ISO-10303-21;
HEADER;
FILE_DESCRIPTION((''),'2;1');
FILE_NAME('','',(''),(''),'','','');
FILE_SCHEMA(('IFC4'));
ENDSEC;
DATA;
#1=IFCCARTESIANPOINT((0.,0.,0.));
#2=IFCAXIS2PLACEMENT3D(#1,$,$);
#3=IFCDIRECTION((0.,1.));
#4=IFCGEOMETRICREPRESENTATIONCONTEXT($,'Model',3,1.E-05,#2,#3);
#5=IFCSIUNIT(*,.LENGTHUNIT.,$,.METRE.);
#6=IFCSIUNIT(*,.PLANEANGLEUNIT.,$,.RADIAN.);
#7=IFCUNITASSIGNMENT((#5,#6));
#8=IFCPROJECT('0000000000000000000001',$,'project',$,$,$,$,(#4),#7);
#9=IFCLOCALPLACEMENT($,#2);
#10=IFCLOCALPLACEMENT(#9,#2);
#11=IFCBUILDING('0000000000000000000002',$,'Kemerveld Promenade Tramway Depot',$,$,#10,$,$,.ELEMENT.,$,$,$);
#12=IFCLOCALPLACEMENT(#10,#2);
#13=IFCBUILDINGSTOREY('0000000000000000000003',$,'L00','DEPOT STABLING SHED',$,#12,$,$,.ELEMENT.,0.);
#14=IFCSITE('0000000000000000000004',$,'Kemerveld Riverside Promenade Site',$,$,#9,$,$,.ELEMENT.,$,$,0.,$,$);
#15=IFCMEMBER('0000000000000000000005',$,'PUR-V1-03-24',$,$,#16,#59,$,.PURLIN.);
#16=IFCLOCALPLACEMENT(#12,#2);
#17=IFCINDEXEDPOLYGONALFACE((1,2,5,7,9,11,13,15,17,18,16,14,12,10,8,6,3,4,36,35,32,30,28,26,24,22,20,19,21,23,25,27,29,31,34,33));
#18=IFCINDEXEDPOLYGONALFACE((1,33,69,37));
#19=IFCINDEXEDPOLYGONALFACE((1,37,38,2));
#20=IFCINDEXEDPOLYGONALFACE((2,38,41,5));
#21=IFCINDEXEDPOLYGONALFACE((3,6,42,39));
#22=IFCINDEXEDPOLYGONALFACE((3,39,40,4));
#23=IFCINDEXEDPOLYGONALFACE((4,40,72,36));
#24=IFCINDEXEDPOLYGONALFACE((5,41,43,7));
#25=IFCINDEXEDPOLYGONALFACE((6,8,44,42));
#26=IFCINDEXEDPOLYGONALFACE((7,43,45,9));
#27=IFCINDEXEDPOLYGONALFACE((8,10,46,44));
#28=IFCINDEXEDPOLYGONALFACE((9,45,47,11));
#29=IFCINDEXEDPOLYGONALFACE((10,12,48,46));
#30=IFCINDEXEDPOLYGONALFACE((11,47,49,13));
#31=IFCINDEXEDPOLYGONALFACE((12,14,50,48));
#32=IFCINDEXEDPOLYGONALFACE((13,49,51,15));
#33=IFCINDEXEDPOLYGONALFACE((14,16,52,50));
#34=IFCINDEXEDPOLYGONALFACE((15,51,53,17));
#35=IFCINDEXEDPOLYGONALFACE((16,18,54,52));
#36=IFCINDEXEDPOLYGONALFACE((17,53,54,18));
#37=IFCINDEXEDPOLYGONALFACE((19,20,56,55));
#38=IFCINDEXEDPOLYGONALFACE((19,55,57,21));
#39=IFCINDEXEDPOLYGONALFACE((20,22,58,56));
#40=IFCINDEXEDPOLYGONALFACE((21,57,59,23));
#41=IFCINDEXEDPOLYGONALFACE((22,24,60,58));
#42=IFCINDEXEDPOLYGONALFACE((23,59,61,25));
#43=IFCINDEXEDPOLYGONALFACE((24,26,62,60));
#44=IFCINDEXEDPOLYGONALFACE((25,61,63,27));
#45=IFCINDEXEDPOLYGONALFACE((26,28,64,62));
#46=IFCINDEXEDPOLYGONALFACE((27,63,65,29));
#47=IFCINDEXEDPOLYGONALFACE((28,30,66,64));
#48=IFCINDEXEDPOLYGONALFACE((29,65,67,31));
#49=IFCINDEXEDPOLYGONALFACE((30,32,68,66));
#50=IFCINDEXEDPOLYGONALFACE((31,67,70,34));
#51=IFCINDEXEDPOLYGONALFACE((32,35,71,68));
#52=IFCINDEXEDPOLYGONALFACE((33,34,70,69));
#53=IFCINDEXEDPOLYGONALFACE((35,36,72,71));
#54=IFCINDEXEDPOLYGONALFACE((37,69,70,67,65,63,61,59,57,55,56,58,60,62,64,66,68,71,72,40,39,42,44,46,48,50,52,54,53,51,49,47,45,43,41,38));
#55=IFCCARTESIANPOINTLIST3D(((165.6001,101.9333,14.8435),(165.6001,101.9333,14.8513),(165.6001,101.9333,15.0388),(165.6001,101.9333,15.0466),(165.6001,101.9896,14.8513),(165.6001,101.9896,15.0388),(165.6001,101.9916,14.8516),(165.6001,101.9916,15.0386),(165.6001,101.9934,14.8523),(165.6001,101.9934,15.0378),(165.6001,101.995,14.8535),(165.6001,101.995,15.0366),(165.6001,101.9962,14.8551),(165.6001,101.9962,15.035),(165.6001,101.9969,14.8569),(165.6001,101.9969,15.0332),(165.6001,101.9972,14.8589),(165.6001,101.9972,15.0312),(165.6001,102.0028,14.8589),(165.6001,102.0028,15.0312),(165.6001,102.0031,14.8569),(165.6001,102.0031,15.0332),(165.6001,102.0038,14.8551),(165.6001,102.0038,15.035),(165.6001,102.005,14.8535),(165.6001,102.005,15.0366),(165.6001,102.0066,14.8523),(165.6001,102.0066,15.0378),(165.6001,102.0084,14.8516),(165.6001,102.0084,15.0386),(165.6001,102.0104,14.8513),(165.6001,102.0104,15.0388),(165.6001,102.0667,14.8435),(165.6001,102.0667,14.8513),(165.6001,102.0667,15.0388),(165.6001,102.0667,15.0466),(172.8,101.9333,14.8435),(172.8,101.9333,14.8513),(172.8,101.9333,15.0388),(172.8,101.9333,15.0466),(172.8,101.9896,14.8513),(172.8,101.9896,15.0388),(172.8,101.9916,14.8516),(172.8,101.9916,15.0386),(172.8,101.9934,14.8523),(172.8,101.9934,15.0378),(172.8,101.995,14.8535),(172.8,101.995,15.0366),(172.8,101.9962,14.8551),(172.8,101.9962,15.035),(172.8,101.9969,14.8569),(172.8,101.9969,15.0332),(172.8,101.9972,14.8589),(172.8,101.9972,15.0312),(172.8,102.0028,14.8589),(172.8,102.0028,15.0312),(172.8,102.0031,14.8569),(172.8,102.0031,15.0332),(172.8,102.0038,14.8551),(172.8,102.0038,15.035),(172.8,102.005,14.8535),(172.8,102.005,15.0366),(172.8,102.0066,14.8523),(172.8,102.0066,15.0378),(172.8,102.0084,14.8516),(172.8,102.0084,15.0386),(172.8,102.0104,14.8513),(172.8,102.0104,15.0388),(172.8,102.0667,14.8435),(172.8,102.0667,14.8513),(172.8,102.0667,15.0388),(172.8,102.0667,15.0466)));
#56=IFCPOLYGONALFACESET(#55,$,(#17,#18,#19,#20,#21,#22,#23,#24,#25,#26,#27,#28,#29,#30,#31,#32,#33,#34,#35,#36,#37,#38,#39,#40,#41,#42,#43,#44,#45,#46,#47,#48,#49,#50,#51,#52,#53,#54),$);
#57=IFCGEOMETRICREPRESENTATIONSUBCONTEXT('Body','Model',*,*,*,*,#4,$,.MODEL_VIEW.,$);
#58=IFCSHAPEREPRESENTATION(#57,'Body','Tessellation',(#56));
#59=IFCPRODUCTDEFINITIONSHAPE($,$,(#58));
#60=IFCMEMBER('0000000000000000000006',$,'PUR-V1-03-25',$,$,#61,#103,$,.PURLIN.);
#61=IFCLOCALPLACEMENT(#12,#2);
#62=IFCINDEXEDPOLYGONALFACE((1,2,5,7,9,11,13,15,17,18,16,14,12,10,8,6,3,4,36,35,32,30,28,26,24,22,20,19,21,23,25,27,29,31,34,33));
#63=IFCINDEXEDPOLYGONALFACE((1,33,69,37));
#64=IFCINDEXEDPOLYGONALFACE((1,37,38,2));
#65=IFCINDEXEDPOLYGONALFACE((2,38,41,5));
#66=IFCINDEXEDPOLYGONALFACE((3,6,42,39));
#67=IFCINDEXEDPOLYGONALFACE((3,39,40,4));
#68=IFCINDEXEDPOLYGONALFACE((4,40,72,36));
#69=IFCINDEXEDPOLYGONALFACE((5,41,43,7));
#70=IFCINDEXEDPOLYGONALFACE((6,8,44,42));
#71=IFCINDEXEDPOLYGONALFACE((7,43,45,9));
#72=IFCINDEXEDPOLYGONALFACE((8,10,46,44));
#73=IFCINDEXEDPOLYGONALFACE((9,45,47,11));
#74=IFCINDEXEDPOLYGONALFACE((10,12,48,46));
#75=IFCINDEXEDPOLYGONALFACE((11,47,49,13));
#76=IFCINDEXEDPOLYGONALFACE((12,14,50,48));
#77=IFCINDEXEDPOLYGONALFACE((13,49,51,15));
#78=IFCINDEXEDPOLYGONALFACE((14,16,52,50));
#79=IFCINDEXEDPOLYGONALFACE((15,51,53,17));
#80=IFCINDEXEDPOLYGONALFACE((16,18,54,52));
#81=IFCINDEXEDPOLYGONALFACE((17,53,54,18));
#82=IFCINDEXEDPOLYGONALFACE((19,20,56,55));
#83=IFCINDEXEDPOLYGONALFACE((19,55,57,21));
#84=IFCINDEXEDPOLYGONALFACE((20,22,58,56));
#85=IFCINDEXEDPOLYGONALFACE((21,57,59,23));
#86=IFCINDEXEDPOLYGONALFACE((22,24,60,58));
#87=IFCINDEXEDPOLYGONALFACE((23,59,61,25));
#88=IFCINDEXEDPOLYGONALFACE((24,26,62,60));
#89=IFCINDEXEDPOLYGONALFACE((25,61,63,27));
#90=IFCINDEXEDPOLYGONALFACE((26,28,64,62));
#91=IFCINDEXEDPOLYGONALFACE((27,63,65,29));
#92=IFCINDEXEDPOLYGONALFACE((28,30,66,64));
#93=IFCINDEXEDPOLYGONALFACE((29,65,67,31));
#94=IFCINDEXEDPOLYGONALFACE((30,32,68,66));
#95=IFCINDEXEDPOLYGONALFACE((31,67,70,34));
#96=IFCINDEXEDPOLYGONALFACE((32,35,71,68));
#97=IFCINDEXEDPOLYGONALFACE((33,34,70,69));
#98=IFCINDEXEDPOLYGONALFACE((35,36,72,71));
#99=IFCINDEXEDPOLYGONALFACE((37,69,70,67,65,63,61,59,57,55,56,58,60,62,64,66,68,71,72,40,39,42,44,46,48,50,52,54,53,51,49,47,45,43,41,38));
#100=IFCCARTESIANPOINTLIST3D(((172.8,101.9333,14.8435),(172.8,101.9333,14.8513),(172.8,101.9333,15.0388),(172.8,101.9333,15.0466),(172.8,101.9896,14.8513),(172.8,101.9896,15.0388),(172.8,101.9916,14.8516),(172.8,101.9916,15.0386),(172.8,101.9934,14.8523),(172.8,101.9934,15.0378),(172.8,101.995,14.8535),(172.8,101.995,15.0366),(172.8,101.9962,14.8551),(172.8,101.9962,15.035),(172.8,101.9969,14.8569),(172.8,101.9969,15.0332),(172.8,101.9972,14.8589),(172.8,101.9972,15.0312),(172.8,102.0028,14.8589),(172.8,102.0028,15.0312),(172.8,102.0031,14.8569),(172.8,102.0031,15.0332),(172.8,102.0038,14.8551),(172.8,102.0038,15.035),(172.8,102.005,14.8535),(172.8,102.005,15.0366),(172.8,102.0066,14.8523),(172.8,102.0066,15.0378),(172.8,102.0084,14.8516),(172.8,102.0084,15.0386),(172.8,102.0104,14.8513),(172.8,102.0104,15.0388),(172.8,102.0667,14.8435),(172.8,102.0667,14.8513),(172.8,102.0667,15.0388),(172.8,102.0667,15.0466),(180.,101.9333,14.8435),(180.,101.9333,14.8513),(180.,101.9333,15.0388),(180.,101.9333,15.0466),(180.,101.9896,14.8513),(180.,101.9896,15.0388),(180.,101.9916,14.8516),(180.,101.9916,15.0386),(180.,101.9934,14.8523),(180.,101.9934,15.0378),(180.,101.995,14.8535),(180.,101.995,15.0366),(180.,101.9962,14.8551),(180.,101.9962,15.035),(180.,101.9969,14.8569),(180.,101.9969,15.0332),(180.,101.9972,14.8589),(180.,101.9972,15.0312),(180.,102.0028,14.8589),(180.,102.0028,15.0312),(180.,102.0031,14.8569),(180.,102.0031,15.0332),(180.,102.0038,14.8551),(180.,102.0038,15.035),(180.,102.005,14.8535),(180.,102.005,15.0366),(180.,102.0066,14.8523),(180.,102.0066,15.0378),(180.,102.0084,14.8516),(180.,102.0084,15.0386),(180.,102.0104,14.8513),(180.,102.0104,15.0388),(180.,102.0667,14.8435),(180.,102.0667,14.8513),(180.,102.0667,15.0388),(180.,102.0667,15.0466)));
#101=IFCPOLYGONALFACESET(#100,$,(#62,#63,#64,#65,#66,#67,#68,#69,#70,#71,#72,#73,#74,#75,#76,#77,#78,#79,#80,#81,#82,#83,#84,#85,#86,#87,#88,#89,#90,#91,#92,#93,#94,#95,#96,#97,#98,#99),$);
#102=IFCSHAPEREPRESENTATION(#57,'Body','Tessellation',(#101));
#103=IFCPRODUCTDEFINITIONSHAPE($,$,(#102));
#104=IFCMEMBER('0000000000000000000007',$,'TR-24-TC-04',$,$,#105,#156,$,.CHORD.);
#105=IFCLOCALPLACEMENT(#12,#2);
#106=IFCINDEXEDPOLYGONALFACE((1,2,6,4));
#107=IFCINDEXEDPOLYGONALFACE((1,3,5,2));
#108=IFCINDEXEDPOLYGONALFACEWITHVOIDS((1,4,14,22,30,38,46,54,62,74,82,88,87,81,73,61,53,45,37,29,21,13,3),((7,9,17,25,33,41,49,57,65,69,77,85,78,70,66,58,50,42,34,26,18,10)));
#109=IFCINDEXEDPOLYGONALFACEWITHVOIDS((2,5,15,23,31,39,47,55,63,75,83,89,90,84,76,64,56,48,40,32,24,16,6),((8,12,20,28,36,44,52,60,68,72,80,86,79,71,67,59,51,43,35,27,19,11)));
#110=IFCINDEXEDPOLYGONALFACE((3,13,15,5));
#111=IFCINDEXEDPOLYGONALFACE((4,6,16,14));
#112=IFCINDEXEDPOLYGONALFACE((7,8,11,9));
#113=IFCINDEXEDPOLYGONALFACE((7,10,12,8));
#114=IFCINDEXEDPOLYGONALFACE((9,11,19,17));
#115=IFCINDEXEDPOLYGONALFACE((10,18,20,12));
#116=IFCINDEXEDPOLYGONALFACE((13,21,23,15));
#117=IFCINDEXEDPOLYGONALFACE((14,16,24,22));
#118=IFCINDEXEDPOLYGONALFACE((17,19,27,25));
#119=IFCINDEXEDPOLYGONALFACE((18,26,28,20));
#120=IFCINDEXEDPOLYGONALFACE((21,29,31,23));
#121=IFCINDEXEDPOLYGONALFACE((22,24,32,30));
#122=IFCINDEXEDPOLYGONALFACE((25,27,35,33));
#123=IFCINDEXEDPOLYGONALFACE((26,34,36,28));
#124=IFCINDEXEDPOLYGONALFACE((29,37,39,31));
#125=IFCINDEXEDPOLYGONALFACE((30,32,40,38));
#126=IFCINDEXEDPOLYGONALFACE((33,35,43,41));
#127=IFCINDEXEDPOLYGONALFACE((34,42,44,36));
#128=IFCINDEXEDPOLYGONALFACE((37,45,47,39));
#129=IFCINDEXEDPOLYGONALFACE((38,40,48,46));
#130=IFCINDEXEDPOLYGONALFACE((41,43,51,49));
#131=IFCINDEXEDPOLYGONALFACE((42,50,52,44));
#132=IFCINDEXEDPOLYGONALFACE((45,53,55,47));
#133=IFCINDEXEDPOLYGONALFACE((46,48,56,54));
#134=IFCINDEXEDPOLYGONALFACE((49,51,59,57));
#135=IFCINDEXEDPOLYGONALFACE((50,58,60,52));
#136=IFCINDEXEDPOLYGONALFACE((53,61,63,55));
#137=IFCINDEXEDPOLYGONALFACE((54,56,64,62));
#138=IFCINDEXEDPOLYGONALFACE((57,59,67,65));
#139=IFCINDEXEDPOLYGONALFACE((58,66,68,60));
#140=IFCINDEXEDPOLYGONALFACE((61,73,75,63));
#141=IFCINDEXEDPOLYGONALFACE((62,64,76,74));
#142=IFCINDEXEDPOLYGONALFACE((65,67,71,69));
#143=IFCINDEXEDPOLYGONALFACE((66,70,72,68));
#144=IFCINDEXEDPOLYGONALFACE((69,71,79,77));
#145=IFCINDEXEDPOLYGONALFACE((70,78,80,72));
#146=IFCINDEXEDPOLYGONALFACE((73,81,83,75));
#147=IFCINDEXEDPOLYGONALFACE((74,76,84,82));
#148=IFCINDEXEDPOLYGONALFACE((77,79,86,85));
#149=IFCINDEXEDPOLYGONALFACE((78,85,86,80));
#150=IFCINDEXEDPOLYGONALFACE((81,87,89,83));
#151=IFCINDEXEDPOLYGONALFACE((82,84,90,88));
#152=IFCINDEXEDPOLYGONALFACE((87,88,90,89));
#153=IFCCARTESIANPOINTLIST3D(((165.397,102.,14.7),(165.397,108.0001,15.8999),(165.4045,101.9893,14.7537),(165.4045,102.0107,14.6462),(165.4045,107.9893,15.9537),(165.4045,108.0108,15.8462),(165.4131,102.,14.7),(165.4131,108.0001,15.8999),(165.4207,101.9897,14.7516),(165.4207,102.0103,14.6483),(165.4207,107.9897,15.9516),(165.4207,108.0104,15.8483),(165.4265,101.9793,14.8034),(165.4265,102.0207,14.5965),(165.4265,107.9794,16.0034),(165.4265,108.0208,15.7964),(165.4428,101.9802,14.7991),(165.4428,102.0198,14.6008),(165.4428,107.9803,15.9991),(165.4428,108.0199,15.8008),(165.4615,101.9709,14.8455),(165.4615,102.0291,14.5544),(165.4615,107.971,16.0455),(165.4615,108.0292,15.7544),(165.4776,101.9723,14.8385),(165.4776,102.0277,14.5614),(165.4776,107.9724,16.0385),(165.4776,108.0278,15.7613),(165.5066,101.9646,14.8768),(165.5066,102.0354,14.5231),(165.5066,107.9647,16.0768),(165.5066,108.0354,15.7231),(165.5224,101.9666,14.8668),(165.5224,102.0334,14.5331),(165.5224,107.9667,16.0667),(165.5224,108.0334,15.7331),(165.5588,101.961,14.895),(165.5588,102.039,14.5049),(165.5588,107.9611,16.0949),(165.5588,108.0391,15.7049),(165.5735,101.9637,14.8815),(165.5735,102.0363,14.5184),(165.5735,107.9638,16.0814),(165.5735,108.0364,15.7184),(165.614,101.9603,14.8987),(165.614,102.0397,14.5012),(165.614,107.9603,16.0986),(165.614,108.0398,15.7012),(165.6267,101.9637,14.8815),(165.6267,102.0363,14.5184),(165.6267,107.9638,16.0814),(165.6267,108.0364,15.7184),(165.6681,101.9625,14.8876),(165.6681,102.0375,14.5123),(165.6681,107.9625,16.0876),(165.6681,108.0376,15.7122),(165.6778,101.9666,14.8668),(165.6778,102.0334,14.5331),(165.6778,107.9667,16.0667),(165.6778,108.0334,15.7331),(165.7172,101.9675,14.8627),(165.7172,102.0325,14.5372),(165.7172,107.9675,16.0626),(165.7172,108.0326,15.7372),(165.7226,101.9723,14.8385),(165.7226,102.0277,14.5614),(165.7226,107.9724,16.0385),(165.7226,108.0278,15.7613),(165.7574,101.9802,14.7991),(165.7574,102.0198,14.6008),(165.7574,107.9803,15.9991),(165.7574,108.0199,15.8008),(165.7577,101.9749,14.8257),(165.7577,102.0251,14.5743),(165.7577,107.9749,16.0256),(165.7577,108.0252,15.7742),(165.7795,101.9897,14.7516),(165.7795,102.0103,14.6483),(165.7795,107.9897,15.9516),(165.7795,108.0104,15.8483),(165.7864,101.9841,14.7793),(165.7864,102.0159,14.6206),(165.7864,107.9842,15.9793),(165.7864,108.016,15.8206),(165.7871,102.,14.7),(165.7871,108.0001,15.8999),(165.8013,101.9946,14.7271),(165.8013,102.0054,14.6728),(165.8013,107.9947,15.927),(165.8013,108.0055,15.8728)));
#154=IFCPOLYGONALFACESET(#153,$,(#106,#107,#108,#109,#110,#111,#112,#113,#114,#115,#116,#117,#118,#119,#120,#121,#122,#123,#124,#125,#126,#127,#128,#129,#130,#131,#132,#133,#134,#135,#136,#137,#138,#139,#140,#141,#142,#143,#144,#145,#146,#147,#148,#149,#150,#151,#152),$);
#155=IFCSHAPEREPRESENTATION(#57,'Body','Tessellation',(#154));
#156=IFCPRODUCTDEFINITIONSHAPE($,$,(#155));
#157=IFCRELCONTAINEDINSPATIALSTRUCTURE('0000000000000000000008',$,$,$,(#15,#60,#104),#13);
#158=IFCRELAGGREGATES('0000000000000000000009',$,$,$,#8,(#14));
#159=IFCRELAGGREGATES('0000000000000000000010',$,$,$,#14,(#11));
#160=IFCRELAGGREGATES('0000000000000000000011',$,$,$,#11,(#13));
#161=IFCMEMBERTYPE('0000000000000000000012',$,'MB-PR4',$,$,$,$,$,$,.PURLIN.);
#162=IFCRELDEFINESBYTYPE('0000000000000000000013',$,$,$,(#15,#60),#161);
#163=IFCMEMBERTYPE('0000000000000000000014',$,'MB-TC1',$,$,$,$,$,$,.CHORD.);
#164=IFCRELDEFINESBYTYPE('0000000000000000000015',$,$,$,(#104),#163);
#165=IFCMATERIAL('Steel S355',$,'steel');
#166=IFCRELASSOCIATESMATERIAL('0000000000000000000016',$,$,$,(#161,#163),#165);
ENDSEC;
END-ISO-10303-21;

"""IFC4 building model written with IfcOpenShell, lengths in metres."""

from ifc_helpers import new_model, si_unit, direction, frame, origin, origin_2d, place, context, subcontext, project, spatial, hollow_circle, i_section, extrude, material, material_profile, profile_set, type_object, element, save


model = new_model("IFC4")

# Units and contexts
model_context = context("Model", 3, precision=1e-05, world=origin(), true_north=direction((0.0, 1.0)))
body_context = subcontext(model_context, "Body", "Model", "MODEL_VIEW")
ifc_project = project(units=[si_unit("LENGTHUNIT", "METRE"), si_unit("PLANEANGLEUNIT", "RADIAN")], contexts=[model_context])

# Site, building, storey
site_placement = place(None, origin())
site = spatial("IfcSite", under=ifc_project, at=site_placement, Name="Kemerveld Riverside Promenade Site", CompositionType="ELEMENT", RefElevation=0.0)
building_placement = place(site_placement, origin())
building = spatial("IfcBuilding", under=site, at=building_placement, Name="Kemerveld Promenade Tramway Depot", CompositionType="ELEMENT")
storey_placement = place(building_placement, origin())
storey = spatial("IfcBuildingStorey", under=building, at=storey_placement, Name="L00", Description="DEPOT STABLING SHED", CompositionType="ELEMENT", Elevation=0.0)

# Members
ifc_material_1 = material(Name="Steel S355", Category="steel")
ifc_material_profile_1 = material_profile(ifc_material_1, i_section(OverallWidth=0.1333, OverallDepth=0.2031, WebThickness=0.0056, FlangeThickness=0.0078, FilletRadius=0.0076, at=origin_2d()), Name="203x133x25 UB")
ifc_profile_set_1 = profile_set([ifc_material_profile_1], Name="Steel S355")
member_type_1 = type_object("IfcMemberType", Name="MB-PR4", PredefinedType="PURLIN", material=ifc_profile_set_1)
for number, where, z_axis, x_axis, name in (
    (1, (165.6001, 102.0, 14.9451), (1.0, 0.0, 0.0), (0.0, 1.0, 0.0), "PUR-V1-03-24"),
    (2, (172.8, 102.0, 14.9451), (1.0, 0.0, 0.0), (0.0, 1.0, 0.0), "PUR-V1-03-25"),
):
    element("IfcMember", number, at=place(storey_placement, frame(where, z_axis=z_axis, x_axis=x_axis)), inside=storey, type_object=member_type_1, Name=name, PredefinedType="PURLIN", context=body_context, shape_type="SweptSolid", body=[
        extrude(i_section(OverallWidth=0.1333, OverallDepth=0.2031, WebThickness=0.0056, FlangeThickness=0.0078, FilletRadius=0.0076, at=origin_2d()), origin(), (0.0, 0.0, 1.0), 7.2),
    ])
ifc_material_profile_2 = material_profile(ifc_material_1, hollow_circle(Radius=0.2031, WallThickness=0.0161, at=origin_2d()), Name="406.4x16.0 CHS")
ifc_profile_set_2 = profile_set([ifc_material_profile_2], Name="Steel S355")
member_type_2 = type_object("IfcMemberType", Name="MB-TC1", PredefinedType="CHORD", material=ifc_profile_set_2)
for number, where, z_axis, x_axis, name in (
    (3, (165.6001, 102.0, 14.7), (0.0, 0.980582, 0.196108), (-1.0, 0.0, 0.0), "TR-24-TC-04"),
):
    element("IfcMember", number, at=place(storey_placement, frame(where, z_axis=z_axis, x_axis=x_axis)), inside=storey, type_object=member_type_2, Name=name, PredefinedType="CHORD", context=body_context, shape_type="SweptSolid", body=[
        extrude(hollow_circle(Radius=0.2031, WallThickness=0.0161, at=origin_2d()), origin(), (0.0, 0.0, 1.0), 6.1189),
    ])

save(model, "model.ifc")
